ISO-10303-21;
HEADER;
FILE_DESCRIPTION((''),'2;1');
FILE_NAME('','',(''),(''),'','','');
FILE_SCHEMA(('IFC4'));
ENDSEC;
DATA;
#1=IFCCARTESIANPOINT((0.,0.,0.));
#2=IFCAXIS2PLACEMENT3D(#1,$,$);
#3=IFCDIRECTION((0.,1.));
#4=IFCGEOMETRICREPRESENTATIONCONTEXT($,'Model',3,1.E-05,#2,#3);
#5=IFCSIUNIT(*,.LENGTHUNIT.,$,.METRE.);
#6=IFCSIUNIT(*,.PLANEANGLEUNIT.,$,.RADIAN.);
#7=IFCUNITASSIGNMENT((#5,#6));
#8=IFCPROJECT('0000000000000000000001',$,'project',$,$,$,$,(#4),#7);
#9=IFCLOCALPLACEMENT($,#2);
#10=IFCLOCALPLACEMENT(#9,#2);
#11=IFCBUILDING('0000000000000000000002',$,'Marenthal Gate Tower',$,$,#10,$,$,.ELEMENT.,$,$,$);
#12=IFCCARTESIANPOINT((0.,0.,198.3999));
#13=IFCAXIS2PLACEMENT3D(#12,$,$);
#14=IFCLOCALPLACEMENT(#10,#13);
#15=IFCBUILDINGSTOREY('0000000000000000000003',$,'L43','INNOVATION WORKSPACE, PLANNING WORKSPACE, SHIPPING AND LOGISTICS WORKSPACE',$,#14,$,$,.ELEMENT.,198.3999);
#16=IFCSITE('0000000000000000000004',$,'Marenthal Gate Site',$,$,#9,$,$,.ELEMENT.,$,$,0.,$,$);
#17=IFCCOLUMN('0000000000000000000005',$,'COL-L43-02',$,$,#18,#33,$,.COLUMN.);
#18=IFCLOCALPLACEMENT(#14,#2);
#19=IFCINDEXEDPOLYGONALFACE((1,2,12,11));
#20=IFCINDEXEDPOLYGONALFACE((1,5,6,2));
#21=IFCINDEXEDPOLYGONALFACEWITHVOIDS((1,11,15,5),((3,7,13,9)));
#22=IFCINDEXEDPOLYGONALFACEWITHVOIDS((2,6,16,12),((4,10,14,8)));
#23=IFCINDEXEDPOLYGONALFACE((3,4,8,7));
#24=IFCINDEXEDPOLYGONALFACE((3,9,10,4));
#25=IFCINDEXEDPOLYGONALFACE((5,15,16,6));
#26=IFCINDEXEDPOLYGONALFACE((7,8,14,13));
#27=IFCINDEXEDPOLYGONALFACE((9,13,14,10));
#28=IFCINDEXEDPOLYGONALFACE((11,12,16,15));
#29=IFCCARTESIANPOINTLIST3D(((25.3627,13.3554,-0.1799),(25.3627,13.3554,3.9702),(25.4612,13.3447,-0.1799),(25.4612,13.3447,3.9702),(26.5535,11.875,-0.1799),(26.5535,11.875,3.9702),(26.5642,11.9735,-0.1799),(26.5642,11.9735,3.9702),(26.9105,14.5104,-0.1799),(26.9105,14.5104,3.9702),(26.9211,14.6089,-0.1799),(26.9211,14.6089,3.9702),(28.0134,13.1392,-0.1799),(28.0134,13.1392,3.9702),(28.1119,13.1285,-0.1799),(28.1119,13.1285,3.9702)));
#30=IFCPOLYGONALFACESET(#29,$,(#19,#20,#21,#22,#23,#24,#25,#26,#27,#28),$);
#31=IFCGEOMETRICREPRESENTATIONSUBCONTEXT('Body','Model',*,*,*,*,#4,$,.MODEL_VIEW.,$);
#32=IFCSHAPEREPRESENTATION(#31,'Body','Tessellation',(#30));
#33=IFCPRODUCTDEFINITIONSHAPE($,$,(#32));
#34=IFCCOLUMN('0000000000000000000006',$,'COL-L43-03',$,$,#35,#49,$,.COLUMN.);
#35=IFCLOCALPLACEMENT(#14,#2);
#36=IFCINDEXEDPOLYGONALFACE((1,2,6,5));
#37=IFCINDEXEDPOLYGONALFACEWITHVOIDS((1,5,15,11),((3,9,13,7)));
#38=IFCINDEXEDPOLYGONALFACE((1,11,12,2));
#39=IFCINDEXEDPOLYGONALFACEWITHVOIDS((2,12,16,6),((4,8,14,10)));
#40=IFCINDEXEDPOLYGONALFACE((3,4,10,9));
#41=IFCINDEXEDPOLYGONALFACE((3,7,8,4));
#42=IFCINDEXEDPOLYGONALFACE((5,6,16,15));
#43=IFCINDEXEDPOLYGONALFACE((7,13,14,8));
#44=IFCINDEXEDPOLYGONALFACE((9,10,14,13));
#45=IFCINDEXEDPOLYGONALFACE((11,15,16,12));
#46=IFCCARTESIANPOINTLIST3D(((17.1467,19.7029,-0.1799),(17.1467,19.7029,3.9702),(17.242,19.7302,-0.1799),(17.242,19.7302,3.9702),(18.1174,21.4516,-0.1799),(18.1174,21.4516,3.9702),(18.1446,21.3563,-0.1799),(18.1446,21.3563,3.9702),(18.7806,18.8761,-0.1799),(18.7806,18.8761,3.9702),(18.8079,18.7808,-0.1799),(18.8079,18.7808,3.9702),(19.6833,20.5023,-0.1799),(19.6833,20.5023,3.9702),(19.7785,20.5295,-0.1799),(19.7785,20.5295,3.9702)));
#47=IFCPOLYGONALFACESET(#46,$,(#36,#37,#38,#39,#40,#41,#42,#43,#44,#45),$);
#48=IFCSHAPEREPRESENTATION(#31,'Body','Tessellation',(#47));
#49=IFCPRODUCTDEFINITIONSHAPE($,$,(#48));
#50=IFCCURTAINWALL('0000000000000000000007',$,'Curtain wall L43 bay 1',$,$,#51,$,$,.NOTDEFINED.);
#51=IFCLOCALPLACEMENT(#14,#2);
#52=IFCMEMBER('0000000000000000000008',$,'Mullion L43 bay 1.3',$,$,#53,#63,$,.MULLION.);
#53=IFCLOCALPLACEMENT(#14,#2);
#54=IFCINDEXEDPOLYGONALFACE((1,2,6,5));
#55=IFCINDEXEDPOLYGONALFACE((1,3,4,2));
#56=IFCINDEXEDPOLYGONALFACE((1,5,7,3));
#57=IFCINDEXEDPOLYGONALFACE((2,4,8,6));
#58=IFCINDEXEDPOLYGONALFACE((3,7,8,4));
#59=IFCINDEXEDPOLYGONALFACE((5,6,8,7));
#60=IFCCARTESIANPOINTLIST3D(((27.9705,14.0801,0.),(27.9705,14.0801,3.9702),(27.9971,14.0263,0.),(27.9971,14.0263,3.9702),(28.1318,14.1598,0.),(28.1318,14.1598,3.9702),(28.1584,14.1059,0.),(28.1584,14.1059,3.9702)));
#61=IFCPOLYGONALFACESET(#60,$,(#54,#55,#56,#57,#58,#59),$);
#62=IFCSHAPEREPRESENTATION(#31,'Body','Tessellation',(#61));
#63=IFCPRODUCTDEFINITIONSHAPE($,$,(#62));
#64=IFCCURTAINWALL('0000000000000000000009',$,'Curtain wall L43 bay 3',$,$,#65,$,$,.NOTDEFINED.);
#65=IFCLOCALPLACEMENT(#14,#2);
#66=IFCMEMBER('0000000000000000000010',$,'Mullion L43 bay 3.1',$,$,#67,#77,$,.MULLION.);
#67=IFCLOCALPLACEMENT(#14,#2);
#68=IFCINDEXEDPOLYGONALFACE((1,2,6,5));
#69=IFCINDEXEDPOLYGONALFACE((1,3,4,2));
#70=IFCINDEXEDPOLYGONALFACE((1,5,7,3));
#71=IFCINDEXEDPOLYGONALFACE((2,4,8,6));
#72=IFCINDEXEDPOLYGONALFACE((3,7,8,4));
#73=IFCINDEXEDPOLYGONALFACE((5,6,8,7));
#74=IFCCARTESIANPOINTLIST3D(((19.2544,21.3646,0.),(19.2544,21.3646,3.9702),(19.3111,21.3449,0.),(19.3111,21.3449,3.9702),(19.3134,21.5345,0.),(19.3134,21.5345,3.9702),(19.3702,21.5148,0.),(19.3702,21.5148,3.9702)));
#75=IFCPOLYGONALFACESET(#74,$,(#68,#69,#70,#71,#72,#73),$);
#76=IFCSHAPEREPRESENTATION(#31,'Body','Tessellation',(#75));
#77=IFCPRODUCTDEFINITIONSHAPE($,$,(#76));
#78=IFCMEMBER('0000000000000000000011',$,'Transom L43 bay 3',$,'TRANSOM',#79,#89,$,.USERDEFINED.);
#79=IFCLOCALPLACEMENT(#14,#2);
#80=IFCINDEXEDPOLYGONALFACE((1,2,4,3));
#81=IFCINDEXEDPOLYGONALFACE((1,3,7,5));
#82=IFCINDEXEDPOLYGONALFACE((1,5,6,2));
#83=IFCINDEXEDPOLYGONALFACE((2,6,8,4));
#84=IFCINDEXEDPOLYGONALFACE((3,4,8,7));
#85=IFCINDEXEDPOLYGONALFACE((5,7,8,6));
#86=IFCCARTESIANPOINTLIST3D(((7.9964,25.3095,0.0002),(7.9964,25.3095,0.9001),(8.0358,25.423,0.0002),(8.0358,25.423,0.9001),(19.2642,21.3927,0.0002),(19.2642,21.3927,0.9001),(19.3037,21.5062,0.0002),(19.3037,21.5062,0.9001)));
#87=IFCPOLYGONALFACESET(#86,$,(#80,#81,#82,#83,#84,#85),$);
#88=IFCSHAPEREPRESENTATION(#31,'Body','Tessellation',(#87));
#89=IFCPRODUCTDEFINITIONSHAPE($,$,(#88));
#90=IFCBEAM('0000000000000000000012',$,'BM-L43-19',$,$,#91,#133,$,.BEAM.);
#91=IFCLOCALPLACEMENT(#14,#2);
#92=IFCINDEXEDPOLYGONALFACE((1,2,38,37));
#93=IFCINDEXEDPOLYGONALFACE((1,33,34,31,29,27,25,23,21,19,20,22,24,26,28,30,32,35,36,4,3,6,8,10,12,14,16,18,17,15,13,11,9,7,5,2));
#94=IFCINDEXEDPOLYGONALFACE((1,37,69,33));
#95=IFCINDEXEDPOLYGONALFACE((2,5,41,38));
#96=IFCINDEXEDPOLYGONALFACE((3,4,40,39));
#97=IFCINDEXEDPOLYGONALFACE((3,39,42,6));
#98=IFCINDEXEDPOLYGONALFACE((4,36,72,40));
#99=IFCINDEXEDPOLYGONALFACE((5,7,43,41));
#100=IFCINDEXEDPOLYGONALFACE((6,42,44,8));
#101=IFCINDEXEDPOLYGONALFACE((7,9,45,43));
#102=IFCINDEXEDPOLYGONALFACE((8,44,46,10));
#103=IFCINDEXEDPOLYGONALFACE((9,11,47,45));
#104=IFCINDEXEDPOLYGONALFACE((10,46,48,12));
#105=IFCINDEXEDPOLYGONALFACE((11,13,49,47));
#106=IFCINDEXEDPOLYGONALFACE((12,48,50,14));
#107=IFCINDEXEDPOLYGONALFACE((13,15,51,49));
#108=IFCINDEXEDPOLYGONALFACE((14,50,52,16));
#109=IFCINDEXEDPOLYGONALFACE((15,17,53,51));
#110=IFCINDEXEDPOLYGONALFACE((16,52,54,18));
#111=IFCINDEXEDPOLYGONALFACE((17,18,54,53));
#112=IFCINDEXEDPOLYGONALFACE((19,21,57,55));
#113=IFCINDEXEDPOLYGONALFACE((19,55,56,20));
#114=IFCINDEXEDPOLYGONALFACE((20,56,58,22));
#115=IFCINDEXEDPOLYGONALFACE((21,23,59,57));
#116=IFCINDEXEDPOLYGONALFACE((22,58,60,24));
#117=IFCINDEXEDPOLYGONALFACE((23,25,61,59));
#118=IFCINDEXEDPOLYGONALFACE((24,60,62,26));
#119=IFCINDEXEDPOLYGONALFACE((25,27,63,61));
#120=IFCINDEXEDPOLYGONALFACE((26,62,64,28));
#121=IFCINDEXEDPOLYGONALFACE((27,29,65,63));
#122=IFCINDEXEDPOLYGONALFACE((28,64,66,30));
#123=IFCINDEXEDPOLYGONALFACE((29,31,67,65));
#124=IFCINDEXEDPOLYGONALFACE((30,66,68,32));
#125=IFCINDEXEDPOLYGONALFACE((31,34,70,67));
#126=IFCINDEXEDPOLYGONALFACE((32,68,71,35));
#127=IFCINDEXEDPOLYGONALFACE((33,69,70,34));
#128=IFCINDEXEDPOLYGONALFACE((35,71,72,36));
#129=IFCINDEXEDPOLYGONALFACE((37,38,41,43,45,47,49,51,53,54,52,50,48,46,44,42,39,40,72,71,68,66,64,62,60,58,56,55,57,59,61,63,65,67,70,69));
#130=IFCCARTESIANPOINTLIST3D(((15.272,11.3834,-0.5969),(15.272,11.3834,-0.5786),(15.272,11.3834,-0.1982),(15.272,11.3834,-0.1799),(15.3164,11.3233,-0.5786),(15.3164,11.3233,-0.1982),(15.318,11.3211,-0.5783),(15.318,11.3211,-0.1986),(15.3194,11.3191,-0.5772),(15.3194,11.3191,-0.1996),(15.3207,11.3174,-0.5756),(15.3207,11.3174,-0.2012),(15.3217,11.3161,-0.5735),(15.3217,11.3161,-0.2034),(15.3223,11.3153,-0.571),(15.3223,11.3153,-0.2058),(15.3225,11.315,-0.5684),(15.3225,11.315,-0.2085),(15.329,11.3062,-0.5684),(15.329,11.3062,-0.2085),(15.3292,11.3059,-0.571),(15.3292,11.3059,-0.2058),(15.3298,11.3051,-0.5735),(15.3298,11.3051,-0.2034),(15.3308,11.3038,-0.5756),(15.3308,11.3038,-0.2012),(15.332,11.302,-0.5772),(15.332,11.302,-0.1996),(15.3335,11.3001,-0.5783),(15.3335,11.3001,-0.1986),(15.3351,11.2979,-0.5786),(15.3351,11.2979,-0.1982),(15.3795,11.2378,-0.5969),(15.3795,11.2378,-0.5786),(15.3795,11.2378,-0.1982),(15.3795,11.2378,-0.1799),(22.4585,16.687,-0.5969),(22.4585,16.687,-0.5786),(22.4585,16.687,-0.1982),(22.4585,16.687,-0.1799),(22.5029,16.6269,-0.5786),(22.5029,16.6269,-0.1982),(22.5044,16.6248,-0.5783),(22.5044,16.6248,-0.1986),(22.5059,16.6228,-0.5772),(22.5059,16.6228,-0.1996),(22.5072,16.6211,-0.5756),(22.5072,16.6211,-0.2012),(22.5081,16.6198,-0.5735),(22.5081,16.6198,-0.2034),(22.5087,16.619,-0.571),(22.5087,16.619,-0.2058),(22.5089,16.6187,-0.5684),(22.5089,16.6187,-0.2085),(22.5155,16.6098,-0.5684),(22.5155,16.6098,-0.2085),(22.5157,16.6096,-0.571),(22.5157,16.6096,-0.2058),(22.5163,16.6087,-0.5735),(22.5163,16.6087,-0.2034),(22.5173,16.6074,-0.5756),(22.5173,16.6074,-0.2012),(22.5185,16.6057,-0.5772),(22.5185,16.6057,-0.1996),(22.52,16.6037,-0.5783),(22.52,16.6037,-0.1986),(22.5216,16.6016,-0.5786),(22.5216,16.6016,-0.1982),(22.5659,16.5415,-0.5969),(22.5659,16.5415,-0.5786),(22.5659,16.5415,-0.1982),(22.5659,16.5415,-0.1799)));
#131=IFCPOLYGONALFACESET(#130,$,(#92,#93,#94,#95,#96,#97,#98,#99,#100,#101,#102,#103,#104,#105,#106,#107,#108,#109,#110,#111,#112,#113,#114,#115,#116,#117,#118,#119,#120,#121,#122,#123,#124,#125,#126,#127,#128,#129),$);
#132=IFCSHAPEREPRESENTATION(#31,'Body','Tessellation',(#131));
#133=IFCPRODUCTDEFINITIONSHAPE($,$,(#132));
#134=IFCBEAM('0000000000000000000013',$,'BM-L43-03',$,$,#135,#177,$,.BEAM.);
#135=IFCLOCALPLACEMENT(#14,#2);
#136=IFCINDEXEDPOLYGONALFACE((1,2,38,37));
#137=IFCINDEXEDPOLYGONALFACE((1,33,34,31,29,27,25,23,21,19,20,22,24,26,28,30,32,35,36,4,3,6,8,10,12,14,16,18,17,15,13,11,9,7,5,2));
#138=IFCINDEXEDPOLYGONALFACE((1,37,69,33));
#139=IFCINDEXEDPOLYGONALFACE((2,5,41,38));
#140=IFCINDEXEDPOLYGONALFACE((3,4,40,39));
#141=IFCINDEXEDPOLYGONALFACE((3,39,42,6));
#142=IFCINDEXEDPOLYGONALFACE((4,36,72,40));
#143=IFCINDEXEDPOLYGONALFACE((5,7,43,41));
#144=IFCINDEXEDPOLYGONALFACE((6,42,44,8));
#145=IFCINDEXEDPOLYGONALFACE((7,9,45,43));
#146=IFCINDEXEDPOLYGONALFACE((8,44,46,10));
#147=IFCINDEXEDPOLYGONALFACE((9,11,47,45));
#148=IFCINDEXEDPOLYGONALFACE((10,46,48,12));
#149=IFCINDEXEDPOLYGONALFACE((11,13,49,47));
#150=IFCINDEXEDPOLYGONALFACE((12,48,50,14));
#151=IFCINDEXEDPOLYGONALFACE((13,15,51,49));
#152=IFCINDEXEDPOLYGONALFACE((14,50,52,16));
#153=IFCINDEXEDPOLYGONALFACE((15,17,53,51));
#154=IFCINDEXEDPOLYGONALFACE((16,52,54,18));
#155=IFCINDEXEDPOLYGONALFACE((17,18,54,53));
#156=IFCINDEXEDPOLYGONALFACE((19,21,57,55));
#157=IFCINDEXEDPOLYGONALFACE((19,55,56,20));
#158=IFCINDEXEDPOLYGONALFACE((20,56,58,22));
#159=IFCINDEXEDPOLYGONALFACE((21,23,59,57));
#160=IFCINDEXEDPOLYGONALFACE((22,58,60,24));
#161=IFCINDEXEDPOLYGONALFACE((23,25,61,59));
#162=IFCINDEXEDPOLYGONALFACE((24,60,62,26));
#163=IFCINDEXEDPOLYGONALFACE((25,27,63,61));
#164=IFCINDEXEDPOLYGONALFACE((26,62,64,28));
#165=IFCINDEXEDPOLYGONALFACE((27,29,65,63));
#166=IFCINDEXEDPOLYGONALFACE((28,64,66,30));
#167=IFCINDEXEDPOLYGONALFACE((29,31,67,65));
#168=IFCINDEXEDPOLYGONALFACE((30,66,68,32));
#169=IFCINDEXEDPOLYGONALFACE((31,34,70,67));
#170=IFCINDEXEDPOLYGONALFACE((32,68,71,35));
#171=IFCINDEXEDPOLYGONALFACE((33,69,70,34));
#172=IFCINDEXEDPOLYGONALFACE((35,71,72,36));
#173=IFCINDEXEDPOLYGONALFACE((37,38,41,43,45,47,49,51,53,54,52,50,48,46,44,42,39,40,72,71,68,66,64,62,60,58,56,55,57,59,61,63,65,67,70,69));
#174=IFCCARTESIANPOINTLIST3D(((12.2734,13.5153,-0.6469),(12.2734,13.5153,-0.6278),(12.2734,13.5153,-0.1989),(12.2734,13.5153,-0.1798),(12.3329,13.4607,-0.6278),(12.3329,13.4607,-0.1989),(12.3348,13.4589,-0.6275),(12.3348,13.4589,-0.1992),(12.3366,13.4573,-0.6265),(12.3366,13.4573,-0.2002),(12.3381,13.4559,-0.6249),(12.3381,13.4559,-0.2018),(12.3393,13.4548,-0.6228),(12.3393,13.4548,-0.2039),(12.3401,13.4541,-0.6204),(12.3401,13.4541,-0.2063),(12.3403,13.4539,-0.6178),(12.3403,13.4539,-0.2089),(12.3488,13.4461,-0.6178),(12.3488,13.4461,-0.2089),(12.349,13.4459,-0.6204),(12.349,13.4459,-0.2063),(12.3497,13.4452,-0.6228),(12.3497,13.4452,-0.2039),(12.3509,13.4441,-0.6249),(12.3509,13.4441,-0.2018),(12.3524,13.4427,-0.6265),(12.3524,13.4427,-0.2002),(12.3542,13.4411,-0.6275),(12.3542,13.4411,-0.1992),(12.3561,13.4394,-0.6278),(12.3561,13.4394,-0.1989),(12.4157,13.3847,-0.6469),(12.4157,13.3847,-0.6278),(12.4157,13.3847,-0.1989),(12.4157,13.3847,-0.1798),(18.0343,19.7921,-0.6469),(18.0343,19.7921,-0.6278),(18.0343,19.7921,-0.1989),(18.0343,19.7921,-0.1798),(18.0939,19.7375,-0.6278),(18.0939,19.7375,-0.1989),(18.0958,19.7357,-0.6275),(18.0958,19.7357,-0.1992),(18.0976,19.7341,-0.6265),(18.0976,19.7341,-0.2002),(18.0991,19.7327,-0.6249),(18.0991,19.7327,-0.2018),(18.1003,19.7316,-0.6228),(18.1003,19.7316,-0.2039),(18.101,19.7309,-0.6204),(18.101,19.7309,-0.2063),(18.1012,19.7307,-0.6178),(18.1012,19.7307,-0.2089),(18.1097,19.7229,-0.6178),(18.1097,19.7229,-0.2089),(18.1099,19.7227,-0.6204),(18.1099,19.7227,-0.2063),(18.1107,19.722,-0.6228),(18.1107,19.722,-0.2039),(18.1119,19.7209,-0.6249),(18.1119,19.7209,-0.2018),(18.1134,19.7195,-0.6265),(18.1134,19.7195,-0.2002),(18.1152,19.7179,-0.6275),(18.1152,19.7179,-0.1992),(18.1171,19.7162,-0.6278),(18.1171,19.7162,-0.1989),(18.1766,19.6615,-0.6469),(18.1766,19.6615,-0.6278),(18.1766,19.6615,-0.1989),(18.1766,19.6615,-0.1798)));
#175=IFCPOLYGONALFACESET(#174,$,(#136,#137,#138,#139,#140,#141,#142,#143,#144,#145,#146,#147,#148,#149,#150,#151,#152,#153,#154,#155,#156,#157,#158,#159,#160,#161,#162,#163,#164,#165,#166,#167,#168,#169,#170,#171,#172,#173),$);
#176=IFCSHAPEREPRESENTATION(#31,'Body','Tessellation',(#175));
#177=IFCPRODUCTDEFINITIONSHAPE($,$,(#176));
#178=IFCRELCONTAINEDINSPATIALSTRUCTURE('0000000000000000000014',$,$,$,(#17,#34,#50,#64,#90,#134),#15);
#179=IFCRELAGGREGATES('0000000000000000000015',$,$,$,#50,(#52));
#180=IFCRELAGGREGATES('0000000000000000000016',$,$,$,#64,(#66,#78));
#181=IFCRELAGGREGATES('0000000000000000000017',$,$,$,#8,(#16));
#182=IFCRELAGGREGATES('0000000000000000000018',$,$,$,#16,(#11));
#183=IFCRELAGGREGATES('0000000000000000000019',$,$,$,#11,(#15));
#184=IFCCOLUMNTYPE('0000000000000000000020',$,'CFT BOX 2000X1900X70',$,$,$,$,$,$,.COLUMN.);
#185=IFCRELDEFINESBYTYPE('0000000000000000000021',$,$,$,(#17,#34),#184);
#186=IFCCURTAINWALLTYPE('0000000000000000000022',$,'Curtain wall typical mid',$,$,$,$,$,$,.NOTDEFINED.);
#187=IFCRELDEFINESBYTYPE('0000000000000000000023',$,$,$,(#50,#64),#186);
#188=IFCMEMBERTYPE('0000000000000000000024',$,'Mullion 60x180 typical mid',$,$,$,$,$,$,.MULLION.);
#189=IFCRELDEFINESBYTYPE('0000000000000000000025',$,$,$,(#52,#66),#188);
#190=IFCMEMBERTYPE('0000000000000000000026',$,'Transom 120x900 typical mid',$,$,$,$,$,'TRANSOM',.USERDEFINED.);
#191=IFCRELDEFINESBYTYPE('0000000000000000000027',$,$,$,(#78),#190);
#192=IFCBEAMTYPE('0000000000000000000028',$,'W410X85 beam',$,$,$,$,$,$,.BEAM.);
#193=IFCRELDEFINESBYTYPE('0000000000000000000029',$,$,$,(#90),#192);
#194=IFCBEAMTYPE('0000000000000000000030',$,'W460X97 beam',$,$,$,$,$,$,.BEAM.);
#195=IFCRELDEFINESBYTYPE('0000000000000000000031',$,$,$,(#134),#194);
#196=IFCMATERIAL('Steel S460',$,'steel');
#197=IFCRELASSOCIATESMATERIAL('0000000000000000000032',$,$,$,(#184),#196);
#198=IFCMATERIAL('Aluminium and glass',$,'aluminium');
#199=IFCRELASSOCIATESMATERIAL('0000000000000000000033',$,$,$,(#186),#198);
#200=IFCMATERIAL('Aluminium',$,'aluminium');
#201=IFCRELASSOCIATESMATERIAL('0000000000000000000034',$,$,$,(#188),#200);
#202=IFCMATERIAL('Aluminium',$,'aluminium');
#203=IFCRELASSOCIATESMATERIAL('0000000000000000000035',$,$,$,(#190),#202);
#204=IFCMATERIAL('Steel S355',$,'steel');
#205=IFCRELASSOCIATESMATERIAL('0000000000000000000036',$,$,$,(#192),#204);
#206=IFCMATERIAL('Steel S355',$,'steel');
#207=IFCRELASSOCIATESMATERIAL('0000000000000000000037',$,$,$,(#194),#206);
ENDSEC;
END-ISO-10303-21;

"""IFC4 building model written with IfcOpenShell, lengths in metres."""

from ifc_helpers import new_model, si_unit, direction, frame, origin, origin_2d, place, context, subcontext, project, spatial, rectangle, hollow_rectangle, i_section, extrude, material, material_profile, profile_set, type_object, element, aggregate, save


model = new_model("IFC4")

# Units and contexts
model_context = context("Model", 3, precision=1e-05, world=origin(), true_north=direction((0.0, 1.0)))
body_context = subcontext(model_context, "Body", "Model", "MODEL_VIEW")
ifc_project = project(units=[si_unit("LENGTHUNIT", "METRE"), si_unit("PLANEANGLEUNIT", "RADIAN")], contexts=[model_context])

# Site, building, storey
site_placement = place(None, origin())
site = spatial("IfcSite", under=ifc_project, at=site_placement, Name="Marenthal Gate Site", CompositionType="ELEMENT", RefElevation=0.0)
building_placement = place(site_placement, origin())
building = spatial("IfcBuilding", under=site, at=building_placement, Name="Marenthal Gate Tower", CompositionType="ELEMENT")
storey_placement = place(building_placement, frame((0.0, 0.0, 198.3999)))
storey = spatial("IfcBuildingStorey", under=building, at=storey_placement, Name="L43", Description="INNOVATION WORKSPACE, PLANNING WORKSPACE, SHIPPING AND LOGISTICS WORKSPACE", CompositionType="ELEMENT", Elevation=198.3999)

# Columns
ifc_material_1 = material(Name="Steel S460", Category="steel")
ifc_material_profile_1 = material_profile(ifc_material_1, hollow_rectangle(XDim=1.8999, YDim=2.0, WallThickness=0.0701, at=origin_2d()), Name="CFT BOX 2000X1900X70")
ifc_material_2 = material(Name="Concrete 70 MPa", Category="concrete")
ifc_material_profile_2 = material_profile(ifc_material_2, rectangle(XDim=1.76, YDim=1.8601, at=origin_2d()), Name="CFT BOX 2000X1900X70 INFILL")
ifc_profile_set_1 = profile_set([ifc_material_profile_1, ifc_material_profile_2], Name="Steel S460 shell, Concrete 70 MPa infill")
column_type = type_object("IfcColumnType", Name="CFT BOX 2000X1900X70", PredefinedType="COLUMN", material=ifc_profile_set_1)
for number, where, z_axis, x_axis, name in (
    (1, (26.7373, 13.2419, -0.1799), (0.0, 0.0, 1.0), (0.626752, -0.779219, 0.0), "COL-L43-02"),
    (2, (18.4626, 20.1162, -0.1799), (0.0, 0.0, 1.0), (0.874337, -0.485319, 0.0), "COL-L43-03"),
):
    element("IfcColumn", number, at=place(storey_placement, frame(where, z_axis=z_axis, x_axis=x_axis)), inside=storey, type_object=column_type, Name=name, PredefinedType="COLUMN", context=body_context, shape_type="SweptSolid", body=[
        extrude(hollow_rectangle(XDim=1.8999, YDim=2.0, WallThickness=0.0701, at=origin_2d()), origin(), (0.0, 0.0, 1.0), 4.1501),
    ])

# Curtain wall, member
ifc_material_3 = material(Name="Aluminium and glass", Category="aluminium")
curtain_wall_type = type_object("IfcCurtainWallType", Name="Curtain wall typical mid", PredefinedType="NOTDEFINED", material=ifc_material_3)
curtain_wall_1_placement = place(storey_placement, origin())
curtain_wall_1 = element("IfcCurtainWall", 3, at=curtain_wall_1_placement, inside=storey, type_object=curtain_wall_type, Name="Curtain wall L43 bay 1", PredefinedType="NOTDEFINED")
ifc_material_4 = material(Name="Aluminium", Category="aluminium")
ifc_material_profile_3 = material_profile(ifc_material_4, rectangle(XDim=0.1799, YDim=0.0601, at=origin_2d()), Name="60x180 aluminium mullion")
ifc_profile_set_2 = profile_set([ifc_material_profile_3], Name="Aluminium")
member_type_1 = type_object("IfcMemberType", Name="Mullion 60x180 typical mid", PredefinedType="MULLION", material=ifc_profile_set_2)
member_1_placement = place(storey_placement, frame((28.0645, 14.093, 0.0), z_axis=(0.0, 0.0, 1.0), x_axis=(-0.896716, -0.442607, 0.0)))
member_1 = element("IfcMember", 4, at=member_1_placement, type_object=member_type_1, Name="Mullion L43 bay 1.3", PredefinedType="MULLION", context=body_context, shape_type="SweptSolid", body=[
    extrude(rectangle(XDim=0.1799, YDim=0.0601, at=origin_2d()), origin(), (0.0, 0.0, 1.0), 3.9702),
])
aggregate(curtain_wall_1, [member_1])

# Curtain wall, members
curtain_wall_2_placement = place(storey_placement, origin())
curtain_wall_2 = element("IfcCurtainWall", 5, at=curtain_wall_2_placement, inside=storey, type_object=curtain_wall_type, Name="Curtain wall L43 bay 3", PredefinedType="NOTDEFINED")
member_2_placement = place(storey_placement, frame((19.3123, 21.4397, 0.0), z_axis=(0.0, 0.0, 1.0), x_axis=(-0.328332, -0.944562, 0.0)))
member_2 = element("IfcMember", 6, at=member_2_placement, type_object=member_type_1, Name="Mullion L43 bay 3.1", PredefinedType="MULLION", context=body_context, shape_type="SweptSolid", body=[
    extrude(rectangle(XDim=0.1799, YDim=0.0601, at=origin_2d()), origin(), (0.0, 0.0, 1.0), 3.9702),
])
ifc_material_5 = material(Name="Aluminium", Category="aluminium")
ifc_material_profile_4 = material_profile(ifc_material_5, rectangle(XDim=0.1201, YDim=0.8999, at=origin_2d()), Name="120x900 aluminium transom")
ifc_profile_set_3 = profile_set([ifc_material_profile_4], Name="Aluminium")
member_type_2 = type_object("IfcMemberType", Name="Transom 120x900 typical mid", ElementType="TRANSOM", PredefinedType="USERDEFINED", material=ifc_profile_set_3)
member_3_placement = place(storey_placement, frame((19.2839, 21.4495, 0.4502), z_axis=(-0.944562, 0.328334, 0.0), x_axis=(-0.328334, -0.944562, 0.0)))
member_3 = element("IfcMember", 7, at=member_3_placement, type_object=member_type_2, Name="Transom L43 bay 3", ObjectType="TRANSOM", PredefinedType="USERDEFINED", context=body_context, shape_type="SweptSolid", body=[
    extrude(rectangle(XDim=0.1201, YDim=0.8999, at=origin_2d()), origin(), (0.0, 0.0, 1.0), 11.9292),
])

# Beams
ifc_material_6 = material(Name="Steel S355", Category="steel")
ifc_material_profile_5 = material_profile(ifc_material_6, i_section(OverallWidth=0.1809, OverallDepth=0.417, WebThickness=0.011, FlangeThickness=0.0183, FilletRadius=0.0103, at=origin_2d()), Name="W410X85")
ifc_profile_set_4 = profile_set([ifc_material_profile_5], Name="Steel S355")
beam_type_1 = type_object("IfcBeamType", Name="W410X85 beam", PredefinedType="BEAM", material=ifc_profile_set_4)
beam_1_placement = place(storey_placement, frame((22.5122, 16.6143, -0.3884), z_axis=(-0.804608, -0.593807, 0.0), x_axis=(0.593807, -0.804608, 0.0)))
element("IfcBeam", 8, at=beam_1_placement, inside=storey, type_object=beam_type_1, Name="BM-L43-19", PredefinedType="BEAM", context=body_context, shape_type="SweptSolid", body=[
    extrude(i_section(OverallWidth=0.1809, OverallDepth=0.417, WebThickness=0.011, FlangeThickness=0.0183, FilletRadius=0.0103, at=origin_2d()), origin(), (0.0, 0.0, 1.0), 8.9316),
])
ifc_material_7 = material(Name="Steel S355", Category="steel")
ifc_material_profile_6 = material_profile(ifc_material_7, i_section(OverallWidth=0.1931, OverallDepth=0.467, WebThickness=0.0115, FlangeThickness=0.019, FilletRadius=0.01, at=origin_2d()), Name="W460X97")
ifc_profile_set_5 = profile_set([ifc_material_profile_6], Name="Steel S355")
beam_type_2 = type_object("IfcBeamType", Name="W460X97 beam", PredefinedType="BEAM", material=ifc_profile_set_5)
beam_2_placement = place(storey_placement, frame((18.1055, 19.7268, -0.4133), z_axis=(-0.676184, -0.736733, 0.0), x_axis=(0.736733, -0.676184, 0.0)))
element("IfcBeam", 9, at=beam_2_placement, inside=storey, type_object=beam_type_2, Name="BM-L43-03", PredefinedType="BEAM", context=body_context, shape_type="SweptSolid", body=[
    extrude(i_section(OverallWidth=0.1931, OverallDepth=0.467, WebThickness=0.0115, FlangeThickness=0.019, FilletRadius=0.01, at=origin_2d()), origin(), (0.0, 0.0, 1.0), 8.5198),
])

aggregate(curtain_wall_2, [member_2, member_3])

save(model, "model.ifc")
